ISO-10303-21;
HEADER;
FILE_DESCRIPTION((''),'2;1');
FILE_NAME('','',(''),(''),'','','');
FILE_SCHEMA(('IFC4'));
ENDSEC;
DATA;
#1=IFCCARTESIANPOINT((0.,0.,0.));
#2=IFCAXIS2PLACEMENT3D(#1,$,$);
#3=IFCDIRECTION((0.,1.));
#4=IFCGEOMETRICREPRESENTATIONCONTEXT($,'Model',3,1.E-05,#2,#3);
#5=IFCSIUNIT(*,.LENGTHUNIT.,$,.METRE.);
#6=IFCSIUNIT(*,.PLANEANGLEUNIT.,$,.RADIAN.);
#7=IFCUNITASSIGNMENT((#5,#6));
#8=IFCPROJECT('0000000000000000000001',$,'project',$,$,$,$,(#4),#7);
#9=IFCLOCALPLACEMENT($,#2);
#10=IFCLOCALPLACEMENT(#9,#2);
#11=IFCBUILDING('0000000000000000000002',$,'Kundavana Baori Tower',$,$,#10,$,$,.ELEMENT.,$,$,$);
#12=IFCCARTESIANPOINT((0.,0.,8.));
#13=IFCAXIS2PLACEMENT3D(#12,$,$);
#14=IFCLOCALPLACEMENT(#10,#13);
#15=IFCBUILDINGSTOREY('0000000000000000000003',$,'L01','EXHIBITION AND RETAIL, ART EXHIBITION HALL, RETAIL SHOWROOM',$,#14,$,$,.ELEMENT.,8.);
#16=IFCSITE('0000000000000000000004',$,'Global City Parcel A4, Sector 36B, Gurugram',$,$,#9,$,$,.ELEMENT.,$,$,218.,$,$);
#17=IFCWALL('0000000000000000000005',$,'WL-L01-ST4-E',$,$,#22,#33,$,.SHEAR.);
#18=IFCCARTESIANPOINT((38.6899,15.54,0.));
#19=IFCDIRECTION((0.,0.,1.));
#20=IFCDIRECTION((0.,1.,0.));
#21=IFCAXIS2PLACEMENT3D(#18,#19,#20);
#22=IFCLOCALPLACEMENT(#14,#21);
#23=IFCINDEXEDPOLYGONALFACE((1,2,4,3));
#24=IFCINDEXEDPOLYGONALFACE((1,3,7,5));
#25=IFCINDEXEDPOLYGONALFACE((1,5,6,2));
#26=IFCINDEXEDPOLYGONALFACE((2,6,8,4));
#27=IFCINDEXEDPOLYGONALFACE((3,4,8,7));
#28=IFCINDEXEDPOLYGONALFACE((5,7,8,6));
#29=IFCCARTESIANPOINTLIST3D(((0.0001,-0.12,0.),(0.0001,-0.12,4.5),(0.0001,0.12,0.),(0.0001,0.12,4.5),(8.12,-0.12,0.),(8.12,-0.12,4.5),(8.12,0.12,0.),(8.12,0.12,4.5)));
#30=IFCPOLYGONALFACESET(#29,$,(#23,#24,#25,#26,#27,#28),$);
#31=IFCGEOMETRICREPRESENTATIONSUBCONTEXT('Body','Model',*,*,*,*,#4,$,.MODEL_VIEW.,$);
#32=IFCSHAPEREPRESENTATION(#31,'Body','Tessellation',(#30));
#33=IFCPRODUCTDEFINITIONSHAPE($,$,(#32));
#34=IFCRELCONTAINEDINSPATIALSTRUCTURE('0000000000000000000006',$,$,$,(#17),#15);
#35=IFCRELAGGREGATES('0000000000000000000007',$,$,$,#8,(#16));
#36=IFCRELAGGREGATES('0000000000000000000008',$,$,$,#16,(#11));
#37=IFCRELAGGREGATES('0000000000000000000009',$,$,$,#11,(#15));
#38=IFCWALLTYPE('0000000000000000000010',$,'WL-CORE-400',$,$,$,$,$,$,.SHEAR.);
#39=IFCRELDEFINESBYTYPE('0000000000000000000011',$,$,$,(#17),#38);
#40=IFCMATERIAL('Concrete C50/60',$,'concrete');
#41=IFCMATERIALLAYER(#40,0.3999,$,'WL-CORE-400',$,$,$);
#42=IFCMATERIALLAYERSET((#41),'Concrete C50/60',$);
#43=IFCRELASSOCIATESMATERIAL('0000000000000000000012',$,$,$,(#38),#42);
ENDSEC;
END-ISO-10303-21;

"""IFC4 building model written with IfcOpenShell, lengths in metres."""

from ifc_helpers import new_model, si_unit, direction, frame, frame_2d, origin, place, context, subcontext, project, spatial, rectangle, extrude, material, layer, layer_set, type_object, element, save


model = new_model("IFC4")

# Units and contexts
model_context = context("Model", 3, precision=1e-05, world=origin(), true_north=direction((0.0, 1.0)))
body_context = subcontext(model_context, "Body", "Model", "MODEL_VIEW")
ifc_project = project(units=[si_unit("LENGTHUNIT", "METRE"), si_unit("PLANEANGLEUNIT", "RADIAN")], contexts=[model_context])

# Site, building, storey
site_placement = place(None, origin())
site = spatial("IfcSite", under=ifc_project, at=site_placement, Name="Global City Parcel A4, Sector 36B, Gurugram", CompositionType="ELEMENT", RefElevation=218.0)
building_placement = place(site_placement, origin())
building = spatial("IfcBuilding", under=site, at=building_placement, Name="Kundavana Baori Tower", CompositionType="ELEMENT")
storey_placement = place(building_placement, frame((0.0, 0.0, 8.0)))
storey = spatial("IfcBuildingStorey", under=building, at=storey_placement, Name="L01", Description="EXHIBITION AND RETAIL, ART EXHIBITION HALL, RETAIL SHOWROOM", CompositionType="ELEMENT", Elevation=8.0)

# Shared definitions
ifc_material_1 = material(Name="Concrete C50/60", Category="concrete")
ifc_layer_1 = layer(ifc_material_1, 0.3999, Name="WL-CORE-400")
ifc_layer_set_1 = layer_set([ifc_layer_1], Name="Concrete C50/60")
wall_type_1 = type_object("IfcWallType", Name="WL-CORE-400", PredefinedType="SHEAR", material=ifc_layer_set_1)

# Wall
wall_1_placement = place(storey_placement, frame((38.6899, 15.54, 0.0), z_axis=(0.0, 0.0, 1.0), x_axis=(0.0, 1.0, 0.0)))
element("IfcWall", 1, at=wall_1_placement, inside=storey, type_object=wall_type_1, Name="WL-L01-ST4-E", PredefinedType="SHEAR", context=body_context, shape_type="SweptSolid", body=[
    extrude(rectangle(XDim=8.1199, YDim=0.24, at=frame_2d((4.0601, 0.0))), origin(), (0.0, 0.0, 1.0), 4.5),
])

save(model, "model.ifc")
